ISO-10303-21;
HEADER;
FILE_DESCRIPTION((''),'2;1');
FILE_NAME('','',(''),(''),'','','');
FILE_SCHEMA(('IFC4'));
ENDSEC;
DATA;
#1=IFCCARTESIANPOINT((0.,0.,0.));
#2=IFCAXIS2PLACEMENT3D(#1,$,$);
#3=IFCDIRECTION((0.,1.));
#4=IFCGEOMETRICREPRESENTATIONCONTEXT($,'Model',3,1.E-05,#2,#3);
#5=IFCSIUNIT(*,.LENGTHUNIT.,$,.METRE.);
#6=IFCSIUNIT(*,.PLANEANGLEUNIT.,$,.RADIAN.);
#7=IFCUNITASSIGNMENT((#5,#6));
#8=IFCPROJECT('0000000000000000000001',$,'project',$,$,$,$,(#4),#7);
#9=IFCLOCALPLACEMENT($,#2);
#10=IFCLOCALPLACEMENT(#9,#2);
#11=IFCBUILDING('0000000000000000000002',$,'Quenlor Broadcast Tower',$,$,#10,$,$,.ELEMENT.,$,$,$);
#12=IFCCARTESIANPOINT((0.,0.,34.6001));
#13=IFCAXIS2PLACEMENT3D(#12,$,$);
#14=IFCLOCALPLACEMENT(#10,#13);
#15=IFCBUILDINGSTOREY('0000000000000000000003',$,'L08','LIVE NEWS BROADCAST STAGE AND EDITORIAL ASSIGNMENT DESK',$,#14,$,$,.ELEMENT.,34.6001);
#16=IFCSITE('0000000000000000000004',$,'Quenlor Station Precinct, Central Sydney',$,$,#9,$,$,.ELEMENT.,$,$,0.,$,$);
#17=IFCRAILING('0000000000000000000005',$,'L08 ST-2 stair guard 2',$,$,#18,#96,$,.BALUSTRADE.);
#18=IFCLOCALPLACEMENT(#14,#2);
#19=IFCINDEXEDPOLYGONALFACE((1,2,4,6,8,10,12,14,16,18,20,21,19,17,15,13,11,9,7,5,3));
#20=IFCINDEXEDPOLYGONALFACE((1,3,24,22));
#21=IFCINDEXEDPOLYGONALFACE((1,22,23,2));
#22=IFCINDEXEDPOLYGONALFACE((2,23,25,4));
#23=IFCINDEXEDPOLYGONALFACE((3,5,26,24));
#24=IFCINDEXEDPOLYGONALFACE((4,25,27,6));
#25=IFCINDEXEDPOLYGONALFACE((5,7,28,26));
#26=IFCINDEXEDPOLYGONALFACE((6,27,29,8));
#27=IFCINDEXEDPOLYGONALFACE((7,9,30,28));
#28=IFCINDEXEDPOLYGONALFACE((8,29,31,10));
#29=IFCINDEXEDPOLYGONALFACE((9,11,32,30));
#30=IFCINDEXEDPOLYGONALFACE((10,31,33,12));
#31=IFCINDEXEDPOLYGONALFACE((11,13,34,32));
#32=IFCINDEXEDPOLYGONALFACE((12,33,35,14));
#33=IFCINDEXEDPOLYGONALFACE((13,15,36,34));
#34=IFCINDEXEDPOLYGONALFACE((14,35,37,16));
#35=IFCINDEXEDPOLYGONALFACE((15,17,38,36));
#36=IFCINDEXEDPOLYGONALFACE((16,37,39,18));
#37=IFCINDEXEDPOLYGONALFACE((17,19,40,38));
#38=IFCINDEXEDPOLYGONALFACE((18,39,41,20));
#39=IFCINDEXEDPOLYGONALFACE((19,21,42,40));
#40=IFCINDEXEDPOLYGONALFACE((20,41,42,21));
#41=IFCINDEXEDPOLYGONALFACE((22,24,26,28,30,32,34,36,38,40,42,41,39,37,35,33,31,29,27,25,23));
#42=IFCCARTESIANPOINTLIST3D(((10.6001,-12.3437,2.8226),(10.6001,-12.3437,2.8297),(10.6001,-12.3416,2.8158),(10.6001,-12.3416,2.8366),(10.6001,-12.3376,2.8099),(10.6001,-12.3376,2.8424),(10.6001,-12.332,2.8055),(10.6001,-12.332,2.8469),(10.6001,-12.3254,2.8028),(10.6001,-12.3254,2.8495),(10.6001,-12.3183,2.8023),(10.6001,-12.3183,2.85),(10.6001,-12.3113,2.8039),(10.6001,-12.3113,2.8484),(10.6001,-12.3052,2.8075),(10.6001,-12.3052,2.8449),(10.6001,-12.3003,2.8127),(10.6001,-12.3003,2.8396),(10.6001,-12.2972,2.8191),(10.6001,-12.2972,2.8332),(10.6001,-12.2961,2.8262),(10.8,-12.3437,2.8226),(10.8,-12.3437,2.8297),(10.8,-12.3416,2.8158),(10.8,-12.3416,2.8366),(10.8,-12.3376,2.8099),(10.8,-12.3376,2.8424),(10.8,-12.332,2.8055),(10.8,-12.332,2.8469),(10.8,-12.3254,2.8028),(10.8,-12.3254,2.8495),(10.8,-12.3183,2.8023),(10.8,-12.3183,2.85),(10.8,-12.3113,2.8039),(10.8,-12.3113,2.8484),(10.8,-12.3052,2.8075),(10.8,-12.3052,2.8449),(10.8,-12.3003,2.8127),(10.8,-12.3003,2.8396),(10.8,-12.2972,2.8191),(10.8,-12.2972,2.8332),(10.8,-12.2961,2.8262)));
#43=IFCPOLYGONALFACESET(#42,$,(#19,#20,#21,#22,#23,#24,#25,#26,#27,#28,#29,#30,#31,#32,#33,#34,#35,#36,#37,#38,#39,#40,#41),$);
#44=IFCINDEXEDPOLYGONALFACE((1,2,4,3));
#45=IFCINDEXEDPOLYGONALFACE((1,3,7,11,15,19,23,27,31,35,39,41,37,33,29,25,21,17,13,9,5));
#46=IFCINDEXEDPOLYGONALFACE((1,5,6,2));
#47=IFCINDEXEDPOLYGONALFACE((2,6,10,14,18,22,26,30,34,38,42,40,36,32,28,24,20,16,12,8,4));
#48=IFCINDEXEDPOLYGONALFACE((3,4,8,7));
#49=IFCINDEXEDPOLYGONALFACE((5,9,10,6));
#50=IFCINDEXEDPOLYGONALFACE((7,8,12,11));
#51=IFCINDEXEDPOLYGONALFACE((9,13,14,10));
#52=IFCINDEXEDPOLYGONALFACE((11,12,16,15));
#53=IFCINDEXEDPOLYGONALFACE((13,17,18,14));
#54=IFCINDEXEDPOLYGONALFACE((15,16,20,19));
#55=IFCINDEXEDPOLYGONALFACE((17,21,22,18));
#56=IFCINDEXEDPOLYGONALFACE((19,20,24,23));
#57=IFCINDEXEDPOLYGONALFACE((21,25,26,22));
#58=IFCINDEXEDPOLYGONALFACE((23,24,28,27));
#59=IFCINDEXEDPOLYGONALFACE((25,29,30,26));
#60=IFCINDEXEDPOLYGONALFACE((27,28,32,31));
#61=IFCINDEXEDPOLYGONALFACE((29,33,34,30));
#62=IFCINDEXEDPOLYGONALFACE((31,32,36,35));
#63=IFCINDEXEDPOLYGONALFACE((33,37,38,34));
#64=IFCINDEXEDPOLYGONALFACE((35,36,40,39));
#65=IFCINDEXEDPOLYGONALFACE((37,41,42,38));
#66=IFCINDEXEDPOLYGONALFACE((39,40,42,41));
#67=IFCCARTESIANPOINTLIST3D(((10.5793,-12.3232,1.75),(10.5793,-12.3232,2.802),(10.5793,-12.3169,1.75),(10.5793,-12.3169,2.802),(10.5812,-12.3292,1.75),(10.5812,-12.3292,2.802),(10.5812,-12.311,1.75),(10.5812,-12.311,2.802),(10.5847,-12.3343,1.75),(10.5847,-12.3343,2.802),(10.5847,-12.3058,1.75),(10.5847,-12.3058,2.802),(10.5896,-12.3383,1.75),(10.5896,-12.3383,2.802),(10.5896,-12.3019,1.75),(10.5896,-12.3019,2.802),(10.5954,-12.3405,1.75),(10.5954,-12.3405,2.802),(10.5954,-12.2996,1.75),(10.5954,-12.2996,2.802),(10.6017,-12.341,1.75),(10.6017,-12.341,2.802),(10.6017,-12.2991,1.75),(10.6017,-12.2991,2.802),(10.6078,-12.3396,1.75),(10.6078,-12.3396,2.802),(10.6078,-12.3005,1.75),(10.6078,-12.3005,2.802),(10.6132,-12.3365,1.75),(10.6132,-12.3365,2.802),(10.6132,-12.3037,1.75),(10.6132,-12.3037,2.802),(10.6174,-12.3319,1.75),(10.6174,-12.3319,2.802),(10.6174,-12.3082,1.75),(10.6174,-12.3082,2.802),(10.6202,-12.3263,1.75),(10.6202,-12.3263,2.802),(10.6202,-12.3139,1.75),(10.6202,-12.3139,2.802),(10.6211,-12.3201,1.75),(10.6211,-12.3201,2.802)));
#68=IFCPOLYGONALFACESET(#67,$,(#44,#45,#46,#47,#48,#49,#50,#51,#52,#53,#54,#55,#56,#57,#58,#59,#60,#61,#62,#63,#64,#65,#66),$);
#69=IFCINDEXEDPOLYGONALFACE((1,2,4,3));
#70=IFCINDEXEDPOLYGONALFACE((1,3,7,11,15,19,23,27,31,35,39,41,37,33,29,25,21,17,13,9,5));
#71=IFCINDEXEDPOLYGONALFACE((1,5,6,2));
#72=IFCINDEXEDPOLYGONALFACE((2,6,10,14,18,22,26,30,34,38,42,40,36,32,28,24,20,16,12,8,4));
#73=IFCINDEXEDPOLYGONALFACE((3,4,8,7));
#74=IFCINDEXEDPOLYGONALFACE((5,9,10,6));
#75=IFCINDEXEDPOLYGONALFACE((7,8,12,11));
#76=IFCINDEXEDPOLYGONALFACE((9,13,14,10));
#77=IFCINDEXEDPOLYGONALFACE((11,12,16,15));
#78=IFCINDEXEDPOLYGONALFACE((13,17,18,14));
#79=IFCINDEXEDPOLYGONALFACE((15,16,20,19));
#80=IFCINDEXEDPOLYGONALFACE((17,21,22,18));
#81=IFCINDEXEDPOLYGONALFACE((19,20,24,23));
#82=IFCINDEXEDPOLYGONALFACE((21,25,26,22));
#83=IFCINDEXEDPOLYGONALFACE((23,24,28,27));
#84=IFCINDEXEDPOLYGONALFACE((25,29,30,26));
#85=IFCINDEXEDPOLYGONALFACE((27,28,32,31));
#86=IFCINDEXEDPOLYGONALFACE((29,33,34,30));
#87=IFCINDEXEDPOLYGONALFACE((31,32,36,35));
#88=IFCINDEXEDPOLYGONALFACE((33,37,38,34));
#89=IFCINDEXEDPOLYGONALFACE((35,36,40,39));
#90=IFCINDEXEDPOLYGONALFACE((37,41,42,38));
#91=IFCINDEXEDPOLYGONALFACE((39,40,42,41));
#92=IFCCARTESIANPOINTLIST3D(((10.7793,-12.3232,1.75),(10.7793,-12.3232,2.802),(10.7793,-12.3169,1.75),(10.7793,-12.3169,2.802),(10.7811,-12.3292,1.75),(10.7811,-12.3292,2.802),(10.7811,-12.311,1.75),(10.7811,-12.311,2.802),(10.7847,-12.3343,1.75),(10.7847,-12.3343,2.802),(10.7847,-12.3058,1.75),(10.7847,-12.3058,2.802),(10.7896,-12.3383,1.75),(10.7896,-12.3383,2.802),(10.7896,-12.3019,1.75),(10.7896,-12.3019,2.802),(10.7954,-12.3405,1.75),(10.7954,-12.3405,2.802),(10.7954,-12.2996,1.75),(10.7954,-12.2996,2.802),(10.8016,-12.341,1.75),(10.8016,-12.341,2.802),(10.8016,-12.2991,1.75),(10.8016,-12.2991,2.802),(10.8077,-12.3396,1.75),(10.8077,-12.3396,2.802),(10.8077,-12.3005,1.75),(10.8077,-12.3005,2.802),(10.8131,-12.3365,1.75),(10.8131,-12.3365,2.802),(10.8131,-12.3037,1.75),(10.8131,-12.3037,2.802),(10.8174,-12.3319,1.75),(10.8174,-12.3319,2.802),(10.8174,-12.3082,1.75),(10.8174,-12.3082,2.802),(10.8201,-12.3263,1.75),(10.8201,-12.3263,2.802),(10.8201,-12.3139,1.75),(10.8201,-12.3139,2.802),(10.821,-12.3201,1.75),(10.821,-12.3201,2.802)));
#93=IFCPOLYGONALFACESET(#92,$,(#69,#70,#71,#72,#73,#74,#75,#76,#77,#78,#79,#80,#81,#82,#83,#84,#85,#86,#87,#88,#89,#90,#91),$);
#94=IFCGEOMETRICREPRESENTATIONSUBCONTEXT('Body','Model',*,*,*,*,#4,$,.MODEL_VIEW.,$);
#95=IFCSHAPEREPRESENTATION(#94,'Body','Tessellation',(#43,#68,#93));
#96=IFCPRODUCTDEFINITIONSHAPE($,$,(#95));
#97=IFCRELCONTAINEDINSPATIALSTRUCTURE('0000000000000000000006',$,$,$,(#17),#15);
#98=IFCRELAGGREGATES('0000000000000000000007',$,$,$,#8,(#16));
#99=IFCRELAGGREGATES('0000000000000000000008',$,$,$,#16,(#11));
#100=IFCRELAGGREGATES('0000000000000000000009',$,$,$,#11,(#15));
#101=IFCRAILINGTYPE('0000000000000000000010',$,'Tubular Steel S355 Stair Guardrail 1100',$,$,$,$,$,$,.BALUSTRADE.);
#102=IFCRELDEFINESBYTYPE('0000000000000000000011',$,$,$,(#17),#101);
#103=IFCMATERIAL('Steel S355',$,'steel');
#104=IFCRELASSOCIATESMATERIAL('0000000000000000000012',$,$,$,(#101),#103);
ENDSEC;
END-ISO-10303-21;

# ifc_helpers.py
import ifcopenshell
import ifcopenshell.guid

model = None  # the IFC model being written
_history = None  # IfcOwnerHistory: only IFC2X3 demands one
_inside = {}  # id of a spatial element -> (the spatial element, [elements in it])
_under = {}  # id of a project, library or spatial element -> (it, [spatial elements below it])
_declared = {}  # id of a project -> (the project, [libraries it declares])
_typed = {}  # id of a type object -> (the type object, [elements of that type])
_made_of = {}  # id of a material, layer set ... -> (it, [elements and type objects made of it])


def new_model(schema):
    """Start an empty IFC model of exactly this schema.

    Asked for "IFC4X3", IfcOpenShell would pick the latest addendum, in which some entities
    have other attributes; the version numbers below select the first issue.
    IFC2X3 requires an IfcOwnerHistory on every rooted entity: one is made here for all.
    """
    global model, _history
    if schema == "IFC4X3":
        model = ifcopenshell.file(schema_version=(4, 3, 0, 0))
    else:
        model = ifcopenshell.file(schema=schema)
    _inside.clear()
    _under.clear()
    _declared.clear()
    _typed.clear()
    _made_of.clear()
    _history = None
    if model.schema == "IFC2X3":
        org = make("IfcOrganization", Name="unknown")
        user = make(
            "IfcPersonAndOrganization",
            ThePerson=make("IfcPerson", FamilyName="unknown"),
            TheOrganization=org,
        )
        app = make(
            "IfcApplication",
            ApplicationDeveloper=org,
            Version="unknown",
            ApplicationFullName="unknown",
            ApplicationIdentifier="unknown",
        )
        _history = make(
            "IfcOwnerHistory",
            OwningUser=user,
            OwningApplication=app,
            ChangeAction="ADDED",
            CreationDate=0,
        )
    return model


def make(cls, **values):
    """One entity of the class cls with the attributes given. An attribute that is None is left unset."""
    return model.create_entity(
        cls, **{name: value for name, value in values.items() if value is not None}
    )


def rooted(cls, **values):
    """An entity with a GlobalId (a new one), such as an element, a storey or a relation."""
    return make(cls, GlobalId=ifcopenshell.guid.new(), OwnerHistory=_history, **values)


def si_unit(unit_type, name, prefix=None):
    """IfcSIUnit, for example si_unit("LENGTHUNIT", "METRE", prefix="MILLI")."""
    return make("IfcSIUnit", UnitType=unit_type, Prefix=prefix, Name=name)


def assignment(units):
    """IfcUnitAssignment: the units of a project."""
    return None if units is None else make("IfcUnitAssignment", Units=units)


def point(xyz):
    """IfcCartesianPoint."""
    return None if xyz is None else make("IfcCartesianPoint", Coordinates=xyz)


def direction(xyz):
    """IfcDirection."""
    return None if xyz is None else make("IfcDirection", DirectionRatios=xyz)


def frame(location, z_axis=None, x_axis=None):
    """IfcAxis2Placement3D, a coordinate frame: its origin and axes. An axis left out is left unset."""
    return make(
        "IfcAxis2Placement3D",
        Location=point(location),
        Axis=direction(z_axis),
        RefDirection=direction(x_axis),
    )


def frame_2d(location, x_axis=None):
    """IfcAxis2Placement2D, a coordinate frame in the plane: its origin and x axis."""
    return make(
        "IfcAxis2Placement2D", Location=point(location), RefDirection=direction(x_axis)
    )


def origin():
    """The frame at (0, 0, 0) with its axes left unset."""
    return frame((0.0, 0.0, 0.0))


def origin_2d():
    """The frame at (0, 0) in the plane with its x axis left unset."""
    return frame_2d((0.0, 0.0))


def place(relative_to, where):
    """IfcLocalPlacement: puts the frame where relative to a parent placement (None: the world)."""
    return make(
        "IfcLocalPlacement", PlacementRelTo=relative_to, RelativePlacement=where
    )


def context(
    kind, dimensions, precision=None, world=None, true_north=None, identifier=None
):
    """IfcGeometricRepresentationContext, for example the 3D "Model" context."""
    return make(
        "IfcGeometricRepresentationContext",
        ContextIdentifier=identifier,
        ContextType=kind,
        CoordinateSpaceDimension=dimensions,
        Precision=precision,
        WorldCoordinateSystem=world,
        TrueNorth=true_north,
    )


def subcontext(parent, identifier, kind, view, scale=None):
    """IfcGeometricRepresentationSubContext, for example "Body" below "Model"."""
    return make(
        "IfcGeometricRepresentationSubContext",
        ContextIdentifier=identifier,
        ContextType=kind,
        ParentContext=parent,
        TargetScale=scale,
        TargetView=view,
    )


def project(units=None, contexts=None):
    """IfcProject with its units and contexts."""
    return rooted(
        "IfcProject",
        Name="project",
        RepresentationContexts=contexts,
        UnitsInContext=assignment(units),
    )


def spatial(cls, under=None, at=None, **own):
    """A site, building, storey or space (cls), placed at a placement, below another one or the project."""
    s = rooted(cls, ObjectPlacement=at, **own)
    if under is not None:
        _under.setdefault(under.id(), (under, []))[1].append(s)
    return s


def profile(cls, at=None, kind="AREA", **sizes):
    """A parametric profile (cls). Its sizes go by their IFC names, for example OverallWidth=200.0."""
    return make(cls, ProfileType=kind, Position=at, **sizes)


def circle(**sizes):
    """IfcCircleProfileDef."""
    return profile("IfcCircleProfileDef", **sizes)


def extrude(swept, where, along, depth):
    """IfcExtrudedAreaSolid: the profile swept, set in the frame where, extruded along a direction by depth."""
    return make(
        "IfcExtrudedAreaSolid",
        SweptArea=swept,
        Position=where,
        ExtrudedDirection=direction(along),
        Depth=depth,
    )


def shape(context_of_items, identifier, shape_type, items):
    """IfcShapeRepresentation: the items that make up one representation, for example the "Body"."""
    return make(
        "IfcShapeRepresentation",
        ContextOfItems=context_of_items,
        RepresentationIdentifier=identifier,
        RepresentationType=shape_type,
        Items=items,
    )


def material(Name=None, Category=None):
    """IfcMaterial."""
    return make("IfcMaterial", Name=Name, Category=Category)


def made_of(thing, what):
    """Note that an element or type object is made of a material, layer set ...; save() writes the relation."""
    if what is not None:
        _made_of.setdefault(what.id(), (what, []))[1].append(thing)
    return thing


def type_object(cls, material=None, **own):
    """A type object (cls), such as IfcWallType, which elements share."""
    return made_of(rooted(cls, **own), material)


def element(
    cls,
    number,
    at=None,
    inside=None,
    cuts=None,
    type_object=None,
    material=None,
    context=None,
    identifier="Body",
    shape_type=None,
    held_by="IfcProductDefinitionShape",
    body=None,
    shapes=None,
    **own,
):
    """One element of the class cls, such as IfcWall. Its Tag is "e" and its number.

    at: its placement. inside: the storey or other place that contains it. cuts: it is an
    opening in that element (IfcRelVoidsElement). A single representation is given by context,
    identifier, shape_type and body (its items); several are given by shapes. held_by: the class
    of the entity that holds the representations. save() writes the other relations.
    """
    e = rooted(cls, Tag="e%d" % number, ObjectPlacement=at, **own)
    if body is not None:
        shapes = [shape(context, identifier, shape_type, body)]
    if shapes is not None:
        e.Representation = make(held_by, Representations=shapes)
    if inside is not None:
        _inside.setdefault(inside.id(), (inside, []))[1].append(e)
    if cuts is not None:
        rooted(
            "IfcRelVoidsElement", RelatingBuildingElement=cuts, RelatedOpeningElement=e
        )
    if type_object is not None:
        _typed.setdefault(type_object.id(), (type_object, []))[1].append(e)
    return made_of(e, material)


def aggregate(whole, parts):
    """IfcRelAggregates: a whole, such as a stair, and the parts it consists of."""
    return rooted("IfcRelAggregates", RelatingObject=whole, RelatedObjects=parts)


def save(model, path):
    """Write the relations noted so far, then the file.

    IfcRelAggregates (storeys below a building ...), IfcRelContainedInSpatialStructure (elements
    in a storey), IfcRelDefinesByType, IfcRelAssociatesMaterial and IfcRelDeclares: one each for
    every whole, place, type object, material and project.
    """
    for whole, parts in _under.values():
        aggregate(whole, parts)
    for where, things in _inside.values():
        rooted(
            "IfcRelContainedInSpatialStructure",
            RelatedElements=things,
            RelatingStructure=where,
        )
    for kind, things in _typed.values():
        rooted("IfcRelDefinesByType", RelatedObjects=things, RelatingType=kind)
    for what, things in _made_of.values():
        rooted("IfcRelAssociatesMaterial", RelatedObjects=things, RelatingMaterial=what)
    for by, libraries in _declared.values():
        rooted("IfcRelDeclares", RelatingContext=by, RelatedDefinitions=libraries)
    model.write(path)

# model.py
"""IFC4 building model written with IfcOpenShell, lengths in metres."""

from ifc_helpers import new_model, si_unit, direction, frame, origin, origin_2d, place, context, subcontext, project, spatial, circle, extrude, material, type_object, element, save


model = new_model("IFC4")

# Units and contexts
model_context = context("Model", 3, precision=1e-05, world=origin(), true_north=direction((0.0, 1.0)))
body_context = subcontext(model_context, "Body", "Model", "MODEL_VIEW")
ifc_project = project(units=[si_unit("LENGTHUNIT", "METRE"), si_unit("PLANEANGLEUNIT", "RADIAN")], contexts=[model_context])

# Site, building, storey
site_placement = place(None, origin())
site = spatial("IfcSite", under=ifc_project, at=site_placement, Name="Quenlor Station Precinct, Central Sydney", CompositionType="ELEMENT", RefElevation=0.0)
building_placement = place(site_placement, origin())
building = spatial("IfcBuilding", under=site, at=building_placement, Name="Quenlor Broadcast Tower", CompositionType="ELEMENT")
storey_placement = place(building_placement, frame((0.0, 0.0, 34.6001)))
storey = spatial("IfcBuildingStorey", under=building, at=storey_placement, Name="L08", Description="LIVE NEWS BROADCAST STAGE AND EDITORIAL ASSIGNMENT DESK", CompositionType="ELEMENT", Elevation=34.6001)

# Railing
ifc_material_1 = material(Name="Steel S355", Category="steel")
railing_type_1 = type_object("IfcRailingType", Name="Tubular Steel S355 Stair Guardrail 1100", PredefinedType="BALUSTRADE", material=ifc_material_1)
railing_1_placement = place(storey_placement, frame((10.6001, -12.3201, 1.75)))
element("IfcRailing", 1, at=railing_1_placement, inside=storey, type_object=railing_type_1, Name="L08 ST-2 stair guard 2", PredefinedType="BALUSTRADE", context=body_context, shape_type="SweptSolid", body=[
    extrude(circle(Radius=0.0239, at=origin_2d()), frame((0.0, 0.0, 1.0762), z_axis=(1.0, 0.0, 0.0), x_axis=(0.0, 1.0, 0.0)), (0.0, 0.0, 1.0), 0.2),
    extrude(circle(Radius=0.021, at=origin_2d()), origin(), (0.0, 0.0, 1.0), 1.052),
    extrude(circle(Radius=0.021, at=origin_2d()), frame((0.2, 0.0, 0.0)), (0.0, 0.0, 1.0), 1.052),
])

save(model, "model.ifc")
